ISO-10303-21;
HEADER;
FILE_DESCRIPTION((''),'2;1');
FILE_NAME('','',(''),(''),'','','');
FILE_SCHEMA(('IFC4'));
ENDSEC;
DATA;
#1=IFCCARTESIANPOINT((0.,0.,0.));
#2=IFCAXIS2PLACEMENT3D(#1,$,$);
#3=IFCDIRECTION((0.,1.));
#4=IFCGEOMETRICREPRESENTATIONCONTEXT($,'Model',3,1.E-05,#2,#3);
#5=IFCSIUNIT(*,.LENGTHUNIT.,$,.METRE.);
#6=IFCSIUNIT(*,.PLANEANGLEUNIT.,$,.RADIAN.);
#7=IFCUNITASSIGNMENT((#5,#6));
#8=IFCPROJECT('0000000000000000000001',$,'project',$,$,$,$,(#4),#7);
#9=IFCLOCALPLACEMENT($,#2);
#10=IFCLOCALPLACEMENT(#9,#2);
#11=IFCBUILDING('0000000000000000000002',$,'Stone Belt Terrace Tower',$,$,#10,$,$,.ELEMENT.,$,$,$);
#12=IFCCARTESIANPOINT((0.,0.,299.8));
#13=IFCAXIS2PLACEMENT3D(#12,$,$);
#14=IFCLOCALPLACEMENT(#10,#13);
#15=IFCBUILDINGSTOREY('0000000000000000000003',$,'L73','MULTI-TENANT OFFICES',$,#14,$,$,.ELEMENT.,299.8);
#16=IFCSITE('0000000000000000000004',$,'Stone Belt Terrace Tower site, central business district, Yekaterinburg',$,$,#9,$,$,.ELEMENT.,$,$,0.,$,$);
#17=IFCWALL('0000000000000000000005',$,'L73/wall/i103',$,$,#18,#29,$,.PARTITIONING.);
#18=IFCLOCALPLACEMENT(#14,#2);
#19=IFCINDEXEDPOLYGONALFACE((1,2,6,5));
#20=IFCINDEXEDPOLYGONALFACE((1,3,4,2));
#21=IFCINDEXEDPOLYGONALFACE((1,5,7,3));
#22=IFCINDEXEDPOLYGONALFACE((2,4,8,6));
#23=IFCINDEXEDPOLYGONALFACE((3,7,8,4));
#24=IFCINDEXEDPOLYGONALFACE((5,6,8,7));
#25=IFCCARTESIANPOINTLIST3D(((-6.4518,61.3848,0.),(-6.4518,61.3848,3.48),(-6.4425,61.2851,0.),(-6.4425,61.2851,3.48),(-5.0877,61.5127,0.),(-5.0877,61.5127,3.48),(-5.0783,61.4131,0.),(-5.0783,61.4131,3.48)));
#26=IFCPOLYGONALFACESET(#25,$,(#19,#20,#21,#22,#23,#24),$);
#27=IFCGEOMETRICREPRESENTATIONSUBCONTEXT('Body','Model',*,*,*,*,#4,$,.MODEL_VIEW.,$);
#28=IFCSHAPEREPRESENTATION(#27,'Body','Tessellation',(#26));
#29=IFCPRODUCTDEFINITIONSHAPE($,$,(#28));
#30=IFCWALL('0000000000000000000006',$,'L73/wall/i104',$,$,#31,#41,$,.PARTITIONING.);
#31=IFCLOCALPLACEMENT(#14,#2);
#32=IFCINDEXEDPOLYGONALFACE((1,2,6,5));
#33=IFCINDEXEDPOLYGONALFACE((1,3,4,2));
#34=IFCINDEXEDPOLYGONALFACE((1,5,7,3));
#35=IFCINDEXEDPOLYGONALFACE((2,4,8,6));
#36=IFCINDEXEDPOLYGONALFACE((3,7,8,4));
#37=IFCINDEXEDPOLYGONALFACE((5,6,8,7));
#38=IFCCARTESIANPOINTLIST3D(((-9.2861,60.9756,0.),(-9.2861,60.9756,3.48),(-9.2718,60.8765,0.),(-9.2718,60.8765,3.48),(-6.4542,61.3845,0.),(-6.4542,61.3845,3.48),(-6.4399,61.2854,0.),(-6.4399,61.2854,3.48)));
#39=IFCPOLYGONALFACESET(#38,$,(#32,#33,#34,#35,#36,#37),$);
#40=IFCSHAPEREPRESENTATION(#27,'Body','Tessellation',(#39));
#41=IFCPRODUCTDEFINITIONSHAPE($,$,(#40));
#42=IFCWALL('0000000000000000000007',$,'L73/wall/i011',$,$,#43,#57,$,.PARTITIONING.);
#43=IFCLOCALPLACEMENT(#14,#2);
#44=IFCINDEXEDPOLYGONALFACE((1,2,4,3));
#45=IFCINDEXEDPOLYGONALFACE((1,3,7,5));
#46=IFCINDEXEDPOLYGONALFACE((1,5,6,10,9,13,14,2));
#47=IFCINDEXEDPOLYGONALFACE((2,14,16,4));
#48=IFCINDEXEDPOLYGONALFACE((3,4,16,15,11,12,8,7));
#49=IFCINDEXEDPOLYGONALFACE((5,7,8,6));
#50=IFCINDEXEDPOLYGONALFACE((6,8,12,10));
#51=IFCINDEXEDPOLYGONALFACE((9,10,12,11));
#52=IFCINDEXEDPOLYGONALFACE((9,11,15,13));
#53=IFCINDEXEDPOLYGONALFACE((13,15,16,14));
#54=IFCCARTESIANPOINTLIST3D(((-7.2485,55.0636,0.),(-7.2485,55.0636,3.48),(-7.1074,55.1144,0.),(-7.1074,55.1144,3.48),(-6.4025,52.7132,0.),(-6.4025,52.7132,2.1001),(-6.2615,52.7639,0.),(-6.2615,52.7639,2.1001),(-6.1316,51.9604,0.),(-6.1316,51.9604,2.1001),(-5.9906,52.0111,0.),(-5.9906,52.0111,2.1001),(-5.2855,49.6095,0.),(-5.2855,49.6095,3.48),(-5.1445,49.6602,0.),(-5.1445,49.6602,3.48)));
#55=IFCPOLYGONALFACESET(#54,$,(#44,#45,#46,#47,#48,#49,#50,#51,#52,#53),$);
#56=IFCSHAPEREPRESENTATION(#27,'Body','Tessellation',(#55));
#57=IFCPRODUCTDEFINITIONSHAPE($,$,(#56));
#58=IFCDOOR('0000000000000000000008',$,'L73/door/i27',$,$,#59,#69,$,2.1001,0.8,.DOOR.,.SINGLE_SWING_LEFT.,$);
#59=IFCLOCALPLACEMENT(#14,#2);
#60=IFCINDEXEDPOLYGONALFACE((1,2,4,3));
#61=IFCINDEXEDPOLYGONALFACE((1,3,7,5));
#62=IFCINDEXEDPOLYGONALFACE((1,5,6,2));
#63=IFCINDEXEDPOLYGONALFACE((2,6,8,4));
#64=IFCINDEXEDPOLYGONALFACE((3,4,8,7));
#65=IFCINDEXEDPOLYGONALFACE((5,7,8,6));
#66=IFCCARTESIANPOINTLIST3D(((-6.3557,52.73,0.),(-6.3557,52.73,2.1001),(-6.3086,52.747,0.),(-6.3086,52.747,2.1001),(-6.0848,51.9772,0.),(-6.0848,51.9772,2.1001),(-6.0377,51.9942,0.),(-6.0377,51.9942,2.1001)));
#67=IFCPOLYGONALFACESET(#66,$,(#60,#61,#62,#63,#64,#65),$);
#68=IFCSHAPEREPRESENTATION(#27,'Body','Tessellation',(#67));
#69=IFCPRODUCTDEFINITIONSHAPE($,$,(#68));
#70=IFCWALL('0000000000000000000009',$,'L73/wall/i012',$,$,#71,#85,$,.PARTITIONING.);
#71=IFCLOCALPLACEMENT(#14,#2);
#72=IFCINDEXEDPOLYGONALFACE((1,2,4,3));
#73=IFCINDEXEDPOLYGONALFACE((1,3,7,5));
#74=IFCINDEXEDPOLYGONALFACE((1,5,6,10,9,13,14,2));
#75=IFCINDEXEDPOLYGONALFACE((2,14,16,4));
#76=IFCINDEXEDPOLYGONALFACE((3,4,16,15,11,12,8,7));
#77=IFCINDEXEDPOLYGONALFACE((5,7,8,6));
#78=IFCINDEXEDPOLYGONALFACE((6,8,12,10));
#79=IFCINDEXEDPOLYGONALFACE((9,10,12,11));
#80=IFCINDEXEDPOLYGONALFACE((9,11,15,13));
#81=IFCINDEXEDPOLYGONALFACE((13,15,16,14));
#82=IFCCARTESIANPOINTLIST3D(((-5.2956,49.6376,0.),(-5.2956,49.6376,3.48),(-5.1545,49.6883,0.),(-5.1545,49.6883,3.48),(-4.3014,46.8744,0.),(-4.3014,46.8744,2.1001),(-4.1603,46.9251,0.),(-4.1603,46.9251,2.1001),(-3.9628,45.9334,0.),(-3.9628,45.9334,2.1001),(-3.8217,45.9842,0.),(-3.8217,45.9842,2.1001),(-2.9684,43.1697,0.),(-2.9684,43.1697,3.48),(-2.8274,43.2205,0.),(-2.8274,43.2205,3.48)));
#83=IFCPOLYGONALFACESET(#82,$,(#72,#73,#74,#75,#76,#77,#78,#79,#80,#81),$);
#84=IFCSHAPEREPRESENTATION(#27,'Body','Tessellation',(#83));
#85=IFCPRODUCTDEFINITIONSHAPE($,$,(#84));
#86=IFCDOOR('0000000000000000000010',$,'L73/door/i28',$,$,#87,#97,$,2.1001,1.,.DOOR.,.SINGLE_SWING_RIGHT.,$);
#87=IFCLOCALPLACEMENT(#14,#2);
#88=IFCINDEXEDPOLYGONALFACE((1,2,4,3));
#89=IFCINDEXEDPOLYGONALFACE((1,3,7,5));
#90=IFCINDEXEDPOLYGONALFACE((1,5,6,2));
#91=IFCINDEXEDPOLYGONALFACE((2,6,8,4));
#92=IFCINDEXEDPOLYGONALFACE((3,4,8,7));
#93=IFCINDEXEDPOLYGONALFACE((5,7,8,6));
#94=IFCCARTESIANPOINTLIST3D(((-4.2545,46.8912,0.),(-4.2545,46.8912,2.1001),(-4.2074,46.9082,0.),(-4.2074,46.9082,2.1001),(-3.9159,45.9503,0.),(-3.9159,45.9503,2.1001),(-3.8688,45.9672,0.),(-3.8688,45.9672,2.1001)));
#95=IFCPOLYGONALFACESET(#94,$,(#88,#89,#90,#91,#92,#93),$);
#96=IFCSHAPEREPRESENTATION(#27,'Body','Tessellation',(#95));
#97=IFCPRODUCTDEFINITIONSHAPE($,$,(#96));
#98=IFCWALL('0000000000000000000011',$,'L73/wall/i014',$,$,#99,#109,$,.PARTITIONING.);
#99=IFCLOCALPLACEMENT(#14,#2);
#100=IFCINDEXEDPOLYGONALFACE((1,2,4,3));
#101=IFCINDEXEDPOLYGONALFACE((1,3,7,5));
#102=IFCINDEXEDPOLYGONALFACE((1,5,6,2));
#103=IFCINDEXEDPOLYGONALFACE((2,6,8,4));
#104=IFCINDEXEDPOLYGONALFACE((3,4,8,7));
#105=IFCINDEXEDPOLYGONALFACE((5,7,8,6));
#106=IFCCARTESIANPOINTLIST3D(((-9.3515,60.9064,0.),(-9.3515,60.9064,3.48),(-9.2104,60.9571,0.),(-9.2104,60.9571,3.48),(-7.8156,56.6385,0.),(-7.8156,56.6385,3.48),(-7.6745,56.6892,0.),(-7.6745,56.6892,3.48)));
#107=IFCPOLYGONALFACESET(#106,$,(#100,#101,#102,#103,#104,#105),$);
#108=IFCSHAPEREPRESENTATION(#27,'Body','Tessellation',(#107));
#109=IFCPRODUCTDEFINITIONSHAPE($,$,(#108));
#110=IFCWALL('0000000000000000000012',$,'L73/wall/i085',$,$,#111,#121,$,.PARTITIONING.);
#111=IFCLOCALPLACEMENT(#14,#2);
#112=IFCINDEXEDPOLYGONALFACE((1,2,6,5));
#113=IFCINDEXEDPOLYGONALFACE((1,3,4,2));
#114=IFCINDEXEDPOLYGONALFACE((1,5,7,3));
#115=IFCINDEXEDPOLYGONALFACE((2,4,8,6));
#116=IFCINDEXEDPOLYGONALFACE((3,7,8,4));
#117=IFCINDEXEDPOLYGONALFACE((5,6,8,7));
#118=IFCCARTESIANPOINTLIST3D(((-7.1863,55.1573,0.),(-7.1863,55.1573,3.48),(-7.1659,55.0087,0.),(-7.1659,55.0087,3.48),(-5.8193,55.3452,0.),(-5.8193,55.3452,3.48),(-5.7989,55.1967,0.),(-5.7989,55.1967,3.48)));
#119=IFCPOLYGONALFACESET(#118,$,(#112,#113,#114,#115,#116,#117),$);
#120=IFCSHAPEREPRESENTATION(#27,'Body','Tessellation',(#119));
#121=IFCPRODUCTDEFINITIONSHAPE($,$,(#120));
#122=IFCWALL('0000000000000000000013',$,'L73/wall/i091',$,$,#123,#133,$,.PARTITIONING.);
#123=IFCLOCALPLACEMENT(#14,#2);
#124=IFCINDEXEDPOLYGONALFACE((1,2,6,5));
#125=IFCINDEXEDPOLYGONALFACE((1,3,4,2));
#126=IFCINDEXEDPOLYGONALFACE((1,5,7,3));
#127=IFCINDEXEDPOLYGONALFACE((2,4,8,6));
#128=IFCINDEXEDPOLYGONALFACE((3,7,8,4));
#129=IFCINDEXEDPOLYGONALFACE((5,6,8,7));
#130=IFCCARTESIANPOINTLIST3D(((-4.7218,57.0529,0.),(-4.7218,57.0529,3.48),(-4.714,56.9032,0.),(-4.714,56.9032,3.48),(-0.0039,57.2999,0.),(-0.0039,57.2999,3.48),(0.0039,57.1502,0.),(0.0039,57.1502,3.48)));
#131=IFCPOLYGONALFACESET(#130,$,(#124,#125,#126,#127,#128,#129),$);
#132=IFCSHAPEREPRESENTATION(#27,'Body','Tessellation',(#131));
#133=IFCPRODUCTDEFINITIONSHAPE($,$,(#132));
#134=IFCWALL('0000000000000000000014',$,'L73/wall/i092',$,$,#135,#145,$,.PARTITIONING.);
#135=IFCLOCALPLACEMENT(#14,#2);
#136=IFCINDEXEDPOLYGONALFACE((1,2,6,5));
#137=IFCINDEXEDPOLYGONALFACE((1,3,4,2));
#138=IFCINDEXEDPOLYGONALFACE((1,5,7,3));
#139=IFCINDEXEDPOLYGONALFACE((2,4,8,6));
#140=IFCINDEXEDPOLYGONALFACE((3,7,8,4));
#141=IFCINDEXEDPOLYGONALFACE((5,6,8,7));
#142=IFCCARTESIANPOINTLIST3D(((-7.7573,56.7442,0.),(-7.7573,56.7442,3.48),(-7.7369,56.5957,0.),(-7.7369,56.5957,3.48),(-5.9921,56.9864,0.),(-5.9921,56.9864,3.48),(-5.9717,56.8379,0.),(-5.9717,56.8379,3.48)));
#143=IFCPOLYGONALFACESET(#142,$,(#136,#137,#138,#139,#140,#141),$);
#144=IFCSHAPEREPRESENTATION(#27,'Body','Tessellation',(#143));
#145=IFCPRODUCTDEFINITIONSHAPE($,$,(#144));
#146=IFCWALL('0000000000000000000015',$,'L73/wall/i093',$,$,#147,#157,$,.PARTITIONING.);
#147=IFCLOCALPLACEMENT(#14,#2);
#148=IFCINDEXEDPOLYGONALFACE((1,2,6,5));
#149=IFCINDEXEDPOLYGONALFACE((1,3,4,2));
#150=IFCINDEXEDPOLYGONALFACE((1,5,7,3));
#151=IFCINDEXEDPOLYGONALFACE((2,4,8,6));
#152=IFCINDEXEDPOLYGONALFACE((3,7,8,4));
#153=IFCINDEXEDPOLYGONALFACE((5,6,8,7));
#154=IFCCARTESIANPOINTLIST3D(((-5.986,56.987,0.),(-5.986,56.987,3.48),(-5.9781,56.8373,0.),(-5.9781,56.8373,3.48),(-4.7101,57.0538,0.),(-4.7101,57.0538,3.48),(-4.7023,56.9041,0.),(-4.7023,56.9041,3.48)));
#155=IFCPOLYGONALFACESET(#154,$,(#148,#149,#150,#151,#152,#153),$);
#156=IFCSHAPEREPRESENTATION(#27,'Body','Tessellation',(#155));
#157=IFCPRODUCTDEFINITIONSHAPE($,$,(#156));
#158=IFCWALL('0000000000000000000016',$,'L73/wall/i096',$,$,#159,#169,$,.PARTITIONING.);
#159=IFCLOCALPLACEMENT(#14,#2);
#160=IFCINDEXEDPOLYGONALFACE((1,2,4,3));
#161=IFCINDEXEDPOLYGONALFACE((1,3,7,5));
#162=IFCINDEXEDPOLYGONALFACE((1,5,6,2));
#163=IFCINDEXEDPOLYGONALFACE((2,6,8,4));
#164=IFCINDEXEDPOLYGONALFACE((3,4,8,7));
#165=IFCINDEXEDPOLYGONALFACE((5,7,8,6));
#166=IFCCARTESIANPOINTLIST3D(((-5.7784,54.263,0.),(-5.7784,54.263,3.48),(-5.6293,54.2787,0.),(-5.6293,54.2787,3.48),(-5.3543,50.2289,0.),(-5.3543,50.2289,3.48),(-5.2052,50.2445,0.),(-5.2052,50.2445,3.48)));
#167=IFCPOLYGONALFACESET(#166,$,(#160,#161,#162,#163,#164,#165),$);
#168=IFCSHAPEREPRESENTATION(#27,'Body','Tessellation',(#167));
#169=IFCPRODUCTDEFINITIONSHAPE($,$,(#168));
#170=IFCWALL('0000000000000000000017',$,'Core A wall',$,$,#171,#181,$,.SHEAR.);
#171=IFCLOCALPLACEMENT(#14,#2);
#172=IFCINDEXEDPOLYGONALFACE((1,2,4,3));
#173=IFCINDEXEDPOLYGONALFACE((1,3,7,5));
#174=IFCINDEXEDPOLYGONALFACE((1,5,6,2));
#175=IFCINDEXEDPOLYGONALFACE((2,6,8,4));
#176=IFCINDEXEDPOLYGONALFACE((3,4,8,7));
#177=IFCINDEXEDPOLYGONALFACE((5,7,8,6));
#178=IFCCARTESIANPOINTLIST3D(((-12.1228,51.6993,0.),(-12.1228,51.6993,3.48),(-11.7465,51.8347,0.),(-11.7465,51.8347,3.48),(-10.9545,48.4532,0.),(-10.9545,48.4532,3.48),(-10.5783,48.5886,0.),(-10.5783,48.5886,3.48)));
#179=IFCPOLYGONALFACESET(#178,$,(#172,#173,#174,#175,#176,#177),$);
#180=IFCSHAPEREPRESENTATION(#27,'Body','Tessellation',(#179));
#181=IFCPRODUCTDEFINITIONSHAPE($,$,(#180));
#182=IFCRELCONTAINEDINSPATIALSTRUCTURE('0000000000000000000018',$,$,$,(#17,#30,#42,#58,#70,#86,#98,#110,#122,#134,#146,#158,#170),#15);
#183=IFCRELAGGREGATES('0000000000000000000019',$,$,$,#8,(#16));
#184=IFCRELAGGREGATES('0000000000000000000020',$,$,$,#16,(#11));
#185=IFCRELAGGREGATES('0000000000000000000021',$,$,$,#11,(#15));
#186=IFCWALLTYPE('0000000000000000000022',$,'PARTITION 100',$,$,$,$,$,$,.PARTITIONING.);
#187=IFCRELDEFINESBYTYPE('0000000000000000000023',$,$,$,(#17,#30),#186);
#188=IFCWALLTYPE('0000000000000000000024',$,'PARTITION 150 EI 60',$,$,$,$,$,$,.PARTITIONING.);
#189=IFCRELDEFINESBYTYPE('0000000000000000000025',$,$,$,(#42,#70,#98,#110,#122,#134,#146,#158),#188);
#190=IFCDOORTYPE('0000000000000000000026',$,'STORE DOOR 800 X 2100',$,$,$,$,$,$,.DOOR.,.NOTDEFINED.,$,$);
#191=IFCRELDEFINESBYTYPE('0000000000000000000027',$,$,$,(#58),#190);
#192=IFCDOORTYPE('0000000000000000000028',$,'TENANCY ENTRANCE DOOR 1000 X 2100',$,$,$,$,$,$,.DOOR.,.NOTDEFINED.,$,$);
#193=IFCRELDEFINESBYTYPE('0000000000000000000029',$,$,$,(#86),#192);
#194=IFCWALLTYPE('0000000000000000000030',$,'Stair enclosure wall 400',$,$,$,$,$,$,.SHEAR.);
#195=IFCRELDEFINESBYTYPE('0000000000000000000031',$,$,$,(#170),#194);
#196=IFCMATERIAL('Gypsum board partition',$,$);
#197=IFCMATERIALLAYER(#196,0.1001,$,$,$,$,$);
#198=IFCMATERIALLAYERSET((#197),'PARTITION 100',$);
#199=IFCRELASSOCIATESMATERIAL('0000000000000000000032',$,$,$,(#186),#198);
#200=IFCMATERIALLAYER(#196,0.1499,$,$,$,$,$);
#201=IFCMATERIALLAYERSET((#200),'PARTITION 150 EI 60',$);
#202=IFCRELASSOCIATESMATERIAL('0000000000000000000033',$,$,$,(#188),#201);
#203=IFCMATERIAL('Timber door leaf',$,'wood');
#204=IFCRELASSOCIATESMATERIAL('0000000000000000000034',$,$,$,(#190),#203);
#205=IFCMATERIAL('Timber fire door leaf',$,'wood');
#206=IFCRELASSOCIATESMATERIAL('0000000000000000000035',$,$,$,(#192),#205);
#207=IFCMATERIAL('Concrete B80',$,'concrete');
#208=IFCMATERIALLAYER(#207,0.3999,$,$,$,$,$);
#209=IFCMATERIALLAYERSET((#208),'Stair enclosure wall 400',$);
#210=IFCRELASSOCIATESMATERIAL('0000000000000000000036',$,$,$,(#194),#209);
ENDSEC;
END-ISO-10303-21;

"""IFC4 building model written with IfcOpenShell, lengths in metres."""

from ifc_helpers import new_model, si_unit, direction, frame, frame_2d, origin, place, context, subcontext, project, spatial, rectangle, extrude, material, layer, layer_set, type_object, element, fill, save


model = new_model("IFC4")

# Units and contexts
model_context = context("Model", 3, precision=1e-05, world=origin(), true_north=direction((0.0, 1.0)))
body_context = subcontext(model_context, "Body", "Model", "MODEL_VIEW")
ifc_project = project(units=[si_unit("LENGTHUNIT", "METRE"), si_unit("PLANEANGLEUNIT", "RADIAN")], contexts=[model_context])

# Site, building, storey
site_placement = place(None, origin())
site = spatial("IfcSite", under=ifc_project, at=site_placement, Name="Stone Belt Terrace Tower site, central business district, Yekaterinburg", CompositionType="ELEMENT", RefElevation=0.0)
building_placement = place(site_placement, origin())
building = spatial("IfcBuilding", under=site, at=building_placement, Name="Stone Belt Terrace Tower", CompositionType="ELEMENT")
storey_placement = place(building_placement, frame((0.0, 0.0, 299.8)))
storey = spatial("IfcBuildingStorey", under=building, at=storey_placement, Name="L73", Description="MULTI-TENANT OFFICES", CompositionType="ELEMENT", Elevation=299.8)

# Shared definitions
ifc_material_1 = material(Name="Timber door leaf", Category="wood")

# Shared definitions
ifc_material_2 = material(Name="Gypsum board partition")
ifc_layer_1 = layer(ifc_material_2, 0.1001)
ifc_layer_set_1 = layer_set([ifc_layer_1], Name="PARTITION 100")
wall_type_1 = type_object("IfcWallType", Name="PARTITION 100", PredefinedType="PARTITIONING", material=ifc_layer_set_1)

# Walls
wall_1_placement = place(storey_placement, frame((-5.083, 61.4629, 0.0), z_axis=(0.0, 0.0, 1.0), x_axis=(-0.995631, -0.093379, 0.0)))
element("IfcWall", 1, at=wall_1_placement, inside=storey, type_object=wall_type_1, Name="L73/wall/i103", PredefinedType="PARTITIONING", context=body_context, shape_type="SweptSolid", body=[
    extrude(rectangle(XDim=1.3701, YDim=0.1001, at=frame_2d((0.6851, 0.0))), origin(), (0.0, 0.0, 1.0), 3.48),
])
wall_2_placement = place(storey_placement, frame((-6.447, 61.335, 0.0), z_axis=(0.0, 0.0, 1.0), x_axis=(-0.989735, -0.142914, 0.0)))
element("IfcWall", 2, at=wall_2_placement, inside=storey, type_object=wall_type_1, Name="L73/wall/i104", PredefinedType="PARTITIONING", context=body_context, shape_type="SweptSolid", body=[
    extrude(rectangle(XDim=2.8613, YDim=0.1001, at=frame_2d((1.4307, 0.0))), origin(), (0.0, 0.0, 1.0), 3.48),
])

# Walls, openings, doors
ifc_layer_2 = layer(ifc_material_2, 0.1499)
ifc_layer_set_2 = layer_set([ifc_layer_2], Name="PARTITION 150 EI 60")
wall_type_2 = type_object("IfcWallType", Name="PARTITION 150 EI 60", PredefinedType="PARTITIONING", material=ifc_layer_set_2)
wall_3_placement = place(storey_placement, frame((-7.178, 55.0891, 0.0), z_axis=(0.0, 0.0, 1.0), x_axis=(0.33863, -0.94092, 0.0)))
wall_3 = element("IfcWall", 3, at=wall_3_placement, inside=storey, type_object=wall_type_2, Name="L73/wall/i011", PredefinedType="PARTITIONING", context=body_context, shape_type="SweptSolid", body=[
    extrude(rectangle(XDim=5.7966, YDim=0.1499, at=frame_2d((2.8984, 0.0))), origin(), (0.0, 0.0, 1.0), 3.48),
])
opening_1_placement = place(wall_3_placement, frame((2.4983, 0.0, 0.0)))
opening_1 = element("IfcOpeningElement", 4, at=opening_1_placement, cuts=wall_3, PredefinedType="OPENING", context=body_context, shape_type="SweptSolid", body=[
    extrude(rectangle(XDim=0.8, YDim=2.1001, at=frame_2d((0.3999, 1.05))), frame((0.0, 0.085, 0.0), z_axis=(0.0, -1.0, 0.0), x_axis=(1.0, 0.0, 0.0)), (0.0, 0.0, 1.0), 0.1699),
])
door_type_1 = type_object("IfcDoorType", Name="STORE DOOR 800 X 2100", OperationType="NOTDEFINED", PredefinedType="DOOR", material=ifc_material_1)
door_1_placement = place(opening_1_placement, origin())
door_1 = element("IfcDoor", 5, at=door_1_placement, inside=storey, type_object=door_type_1, Name="L73/door/i27", OperationType="SINGLE_SWING_LEFT", OverallHeight=2.1001, OverallWidth=0.8, PredefinedType="DOOR", context=body_context, shape_type="SweptSolid", body=[
    extrude(rectangle(XDim=0.8, YDim=2.1001, at=frame_2d((0.3999, 1.05))), frame((0.0, 0.0249, 0.0), z_axis=(0.0, -1.0, 0.0), x_axis=(1.0, 0.0, 0.0)), (0.0, 0.0, 1.0), 0.05),
])
fill(opening_1, door_1)
wall_4_placement = place(storey_placement, frame((-5.2251, 49.6631, 0.0), z_axis=(0.0, 0.0, 1.0), x_axis=(0.338558, -0.940945, 0.0)))
wall_4 = element("IfcWall", 6, at=wall_4_placement, inside=storey, type_object=wall_type_2, Name="L73/wall/i012", PredefinedType="PARTITIONING", context=body_context, shape_type="SweptSolid", body=[
    extrude(rectangle(XDim=6.8738, YDim=0.1499, at=frame_2d((3.437, 0.0))), origin(), (0.0, 0.0, 1.0), 3.48),
])
opening_2_placement = place(wall_4_placement, frame((2.9368, 0.0, 0.0)))
opening_2 = element("IfcOpeningElement", 7, at=opening_2_placement, cuts=wall_4, PredefinedType="OPENING", context=body_context, shape_type="SweptSolid", body=[
    extrude(rectangle(XDim=1.0, YDim=2.1001, at=frame_2d((0.5, 1.05))), frame((0.0, 0.085, 0.0), z_axis=(0.0, -1.0, 0.0), x_axis=(1.0, 0.0, 0.0)), (0.0, 0.0, 1.0), 0.1699),
])
ifc_material_3 = material(Name="Timber fire door leaf", Category="wood")
door_type_2 = type_object("IfcDoorType", Name="TENANCY ENTRANCE DOOR 1000 X 2100", OperationType="NOTDEFINED", PredefinedType="DOOR", material=ifc_material_3)
door_2_placement = place(opening_2_placement, origin())
door_2 = element("IfcDoor", 8, at=door_2_placement, inside=storey, type_object=door_type_2, Name="L73/door/i28", OperationType="SINGLE_SWING_RIGHT", OverallHeight=2.1001, OverallWidth=1.0, PredefinedType="DOOR", context=body_context, shape_type="SweptSolid", body=[
    extrude(rectangle(XDim=1.0, YDim=2.1001, at=frame_2d((0.5, 1.05))), frame((0.0, 0.0249, 0.0), z_axis=(0.0, -1.0, 0.0), x_axis=(1.0, 0.0, 0.0)), (0.0, 0.0, 1.0), 0.05),
])
fill(opening_2, door_2)

# Walls
wall_5_placement = place(storey_placement, frame((-9.281, 60.9319, 0.0), z_axis=(0.0, 0.0, 1.0), x_axis=(0.338617, -0.940924, 0.0)))
element("IfcWall", 9, at=wall_5_placement, inside=storey, type_object=wall_type_2, Name="L73/wall/i014", PredefinedType="PARTITIONING", context=body_context, shape_type="SweptSolid", body=[
    extrude(rectangle(XDim=4.5359, YDim=0.1499, at=frame_2d((2.2681, 0.0))), origin(), (0.0, 0.0, 1.0), 3.48),
])
wall_6_placement = place(storey_placement, frame((-5.8091, 55.271, 0.0), z_axis=(0.0, 0.0, 1.0), x_axis=(-0.990676, -0.136242, 0.0)))
element("IfcWall", 10, at=wall_6_placement, inside=storey, type_object=wall_type_2, Name="L73/wall/i085", PredefinedType="PARTITIONING", context=body_context, shape_type="SweptSolid", body=[
    extrude(rectangle(XDim=1.3799, YDim=0.1499, at=frame_2d((0.6899, 0.0))), origin(), (0.0, 0.0, 1.0), 3.48),
])
wall_7_placement = place(storey_placement, frame((-4.718, 56.978, 0.0), z_axis=(0.0, 0.0, 1.0), x_axis=(0.998632, 0.052296, 0.0)))
element("IfcWall", 11, at=wall_7_placement, inside=storey, type_object=wall_type_2, Name="L73/wall/i091", PredefinedType="PARTITIONING", context=body_context, shape_type="SweptSolid", body=[
    extrude(rectangle(XDim=4.7244, YDim=0.1499, at=frame_2d((2.3623, 0.0))), origin(), (0.0, 0.0, 1.0), 3.48),
])
wall_8_placement = place(storey_placement, frame((-7.7471, 56.6699, 0.0), z_axis=(0.0, 0.0, 1.0), x_axis=(0.990718, 0.135933, 0.0)))
element("IfcWall", 12, at=wall_8_placement, inside=storey, type_object=wall_type_2, Name="L73/wall/i092", PredefinedType="PARTITIONING", context=body_context, shape_type="SweptSolid", body=[
    extrude(rectangle(XDim=1.7817, YDim=0.1499, at=frame_2d((0.8909, 0.0))), origin(), (0.0, 0.0, 1.0), 3.48),
])
wall_9_placement = place(storey_placement, frame((-5.9819, 56.9121, 0.0), z_axis=(0.0, 0.0, 1.0), x_axis=(0.998628, 0.052358, 0.0)))
element("IfcWall", 13, at=wall_9_placement, inside=storey, type_object=wall_type_2, Name="L73/wall/i093", PredefinedType="PARTITIONING", context=body_context, shape_type="SweptSolid", body=[
    extrude(rectangle(XDim=1.2776, YDim=0.1499, at=frame_2d((0.6387, 0.0))), origin(), (0.0, 0.0, 1.0), 3.48),
])
wall_10_placement = place(storey_placement, frame((-5.7039, 54.271, 0.0), z_axis=(0.0, 0.0, 1.0), x_axis=(0.104544, -0.99452, 0.0)))
element("IfcWall", 14, at=wall_10_placement, inside=storey, type_object=wall_type_2, Name="L73/wall/i096", PredefinedType="PARTITIONING", context=body_context, shape_type="SweptSolid", body=[
    extrude(rectangle(XDim=4.0564, YDim=0.1499, at=frame_2d((2.0283, 0.0))), origin(), (0.0, 0.0, 1.0), 3.48),
])
ifc_material_4 = material(Name="Concrete B80", Category="concrete")
ifc_layer_3 = layer(ifc_material_4, 0.3999)
ifc_layer_set_3 = layer_set([ifc_layer_3], Name="Stair enclosure wall 400")
wall_type_3 = type_object("IfcWallType", Name="Stair enclosure wall 400", PredefinedType="SHEAR", material=ifc_layer_set_3)
wall_11_placement = place(storey_placement, frame((-10.7664, 48.5208, 0.0), z_axis=(0.0, 0.0, 1.0), x_axis=(-0.338622, 0.940923, 0.0)))
element("IfcWall", 15, at=wall_11_placement, inside=storey, type_object=wall_type_3, Name="Core A wall", PredefinedType="SHEAR", context=body_context, shape_type="SweptSolid", body=[
    extrude(rectangle(XDim=3.45, YDim=0.3999, at=frame_2d((1.7251, 0.0))), origin(), (0.0, 0.0, 1.0), 3.48),
])

save(model, "model.ifc")
